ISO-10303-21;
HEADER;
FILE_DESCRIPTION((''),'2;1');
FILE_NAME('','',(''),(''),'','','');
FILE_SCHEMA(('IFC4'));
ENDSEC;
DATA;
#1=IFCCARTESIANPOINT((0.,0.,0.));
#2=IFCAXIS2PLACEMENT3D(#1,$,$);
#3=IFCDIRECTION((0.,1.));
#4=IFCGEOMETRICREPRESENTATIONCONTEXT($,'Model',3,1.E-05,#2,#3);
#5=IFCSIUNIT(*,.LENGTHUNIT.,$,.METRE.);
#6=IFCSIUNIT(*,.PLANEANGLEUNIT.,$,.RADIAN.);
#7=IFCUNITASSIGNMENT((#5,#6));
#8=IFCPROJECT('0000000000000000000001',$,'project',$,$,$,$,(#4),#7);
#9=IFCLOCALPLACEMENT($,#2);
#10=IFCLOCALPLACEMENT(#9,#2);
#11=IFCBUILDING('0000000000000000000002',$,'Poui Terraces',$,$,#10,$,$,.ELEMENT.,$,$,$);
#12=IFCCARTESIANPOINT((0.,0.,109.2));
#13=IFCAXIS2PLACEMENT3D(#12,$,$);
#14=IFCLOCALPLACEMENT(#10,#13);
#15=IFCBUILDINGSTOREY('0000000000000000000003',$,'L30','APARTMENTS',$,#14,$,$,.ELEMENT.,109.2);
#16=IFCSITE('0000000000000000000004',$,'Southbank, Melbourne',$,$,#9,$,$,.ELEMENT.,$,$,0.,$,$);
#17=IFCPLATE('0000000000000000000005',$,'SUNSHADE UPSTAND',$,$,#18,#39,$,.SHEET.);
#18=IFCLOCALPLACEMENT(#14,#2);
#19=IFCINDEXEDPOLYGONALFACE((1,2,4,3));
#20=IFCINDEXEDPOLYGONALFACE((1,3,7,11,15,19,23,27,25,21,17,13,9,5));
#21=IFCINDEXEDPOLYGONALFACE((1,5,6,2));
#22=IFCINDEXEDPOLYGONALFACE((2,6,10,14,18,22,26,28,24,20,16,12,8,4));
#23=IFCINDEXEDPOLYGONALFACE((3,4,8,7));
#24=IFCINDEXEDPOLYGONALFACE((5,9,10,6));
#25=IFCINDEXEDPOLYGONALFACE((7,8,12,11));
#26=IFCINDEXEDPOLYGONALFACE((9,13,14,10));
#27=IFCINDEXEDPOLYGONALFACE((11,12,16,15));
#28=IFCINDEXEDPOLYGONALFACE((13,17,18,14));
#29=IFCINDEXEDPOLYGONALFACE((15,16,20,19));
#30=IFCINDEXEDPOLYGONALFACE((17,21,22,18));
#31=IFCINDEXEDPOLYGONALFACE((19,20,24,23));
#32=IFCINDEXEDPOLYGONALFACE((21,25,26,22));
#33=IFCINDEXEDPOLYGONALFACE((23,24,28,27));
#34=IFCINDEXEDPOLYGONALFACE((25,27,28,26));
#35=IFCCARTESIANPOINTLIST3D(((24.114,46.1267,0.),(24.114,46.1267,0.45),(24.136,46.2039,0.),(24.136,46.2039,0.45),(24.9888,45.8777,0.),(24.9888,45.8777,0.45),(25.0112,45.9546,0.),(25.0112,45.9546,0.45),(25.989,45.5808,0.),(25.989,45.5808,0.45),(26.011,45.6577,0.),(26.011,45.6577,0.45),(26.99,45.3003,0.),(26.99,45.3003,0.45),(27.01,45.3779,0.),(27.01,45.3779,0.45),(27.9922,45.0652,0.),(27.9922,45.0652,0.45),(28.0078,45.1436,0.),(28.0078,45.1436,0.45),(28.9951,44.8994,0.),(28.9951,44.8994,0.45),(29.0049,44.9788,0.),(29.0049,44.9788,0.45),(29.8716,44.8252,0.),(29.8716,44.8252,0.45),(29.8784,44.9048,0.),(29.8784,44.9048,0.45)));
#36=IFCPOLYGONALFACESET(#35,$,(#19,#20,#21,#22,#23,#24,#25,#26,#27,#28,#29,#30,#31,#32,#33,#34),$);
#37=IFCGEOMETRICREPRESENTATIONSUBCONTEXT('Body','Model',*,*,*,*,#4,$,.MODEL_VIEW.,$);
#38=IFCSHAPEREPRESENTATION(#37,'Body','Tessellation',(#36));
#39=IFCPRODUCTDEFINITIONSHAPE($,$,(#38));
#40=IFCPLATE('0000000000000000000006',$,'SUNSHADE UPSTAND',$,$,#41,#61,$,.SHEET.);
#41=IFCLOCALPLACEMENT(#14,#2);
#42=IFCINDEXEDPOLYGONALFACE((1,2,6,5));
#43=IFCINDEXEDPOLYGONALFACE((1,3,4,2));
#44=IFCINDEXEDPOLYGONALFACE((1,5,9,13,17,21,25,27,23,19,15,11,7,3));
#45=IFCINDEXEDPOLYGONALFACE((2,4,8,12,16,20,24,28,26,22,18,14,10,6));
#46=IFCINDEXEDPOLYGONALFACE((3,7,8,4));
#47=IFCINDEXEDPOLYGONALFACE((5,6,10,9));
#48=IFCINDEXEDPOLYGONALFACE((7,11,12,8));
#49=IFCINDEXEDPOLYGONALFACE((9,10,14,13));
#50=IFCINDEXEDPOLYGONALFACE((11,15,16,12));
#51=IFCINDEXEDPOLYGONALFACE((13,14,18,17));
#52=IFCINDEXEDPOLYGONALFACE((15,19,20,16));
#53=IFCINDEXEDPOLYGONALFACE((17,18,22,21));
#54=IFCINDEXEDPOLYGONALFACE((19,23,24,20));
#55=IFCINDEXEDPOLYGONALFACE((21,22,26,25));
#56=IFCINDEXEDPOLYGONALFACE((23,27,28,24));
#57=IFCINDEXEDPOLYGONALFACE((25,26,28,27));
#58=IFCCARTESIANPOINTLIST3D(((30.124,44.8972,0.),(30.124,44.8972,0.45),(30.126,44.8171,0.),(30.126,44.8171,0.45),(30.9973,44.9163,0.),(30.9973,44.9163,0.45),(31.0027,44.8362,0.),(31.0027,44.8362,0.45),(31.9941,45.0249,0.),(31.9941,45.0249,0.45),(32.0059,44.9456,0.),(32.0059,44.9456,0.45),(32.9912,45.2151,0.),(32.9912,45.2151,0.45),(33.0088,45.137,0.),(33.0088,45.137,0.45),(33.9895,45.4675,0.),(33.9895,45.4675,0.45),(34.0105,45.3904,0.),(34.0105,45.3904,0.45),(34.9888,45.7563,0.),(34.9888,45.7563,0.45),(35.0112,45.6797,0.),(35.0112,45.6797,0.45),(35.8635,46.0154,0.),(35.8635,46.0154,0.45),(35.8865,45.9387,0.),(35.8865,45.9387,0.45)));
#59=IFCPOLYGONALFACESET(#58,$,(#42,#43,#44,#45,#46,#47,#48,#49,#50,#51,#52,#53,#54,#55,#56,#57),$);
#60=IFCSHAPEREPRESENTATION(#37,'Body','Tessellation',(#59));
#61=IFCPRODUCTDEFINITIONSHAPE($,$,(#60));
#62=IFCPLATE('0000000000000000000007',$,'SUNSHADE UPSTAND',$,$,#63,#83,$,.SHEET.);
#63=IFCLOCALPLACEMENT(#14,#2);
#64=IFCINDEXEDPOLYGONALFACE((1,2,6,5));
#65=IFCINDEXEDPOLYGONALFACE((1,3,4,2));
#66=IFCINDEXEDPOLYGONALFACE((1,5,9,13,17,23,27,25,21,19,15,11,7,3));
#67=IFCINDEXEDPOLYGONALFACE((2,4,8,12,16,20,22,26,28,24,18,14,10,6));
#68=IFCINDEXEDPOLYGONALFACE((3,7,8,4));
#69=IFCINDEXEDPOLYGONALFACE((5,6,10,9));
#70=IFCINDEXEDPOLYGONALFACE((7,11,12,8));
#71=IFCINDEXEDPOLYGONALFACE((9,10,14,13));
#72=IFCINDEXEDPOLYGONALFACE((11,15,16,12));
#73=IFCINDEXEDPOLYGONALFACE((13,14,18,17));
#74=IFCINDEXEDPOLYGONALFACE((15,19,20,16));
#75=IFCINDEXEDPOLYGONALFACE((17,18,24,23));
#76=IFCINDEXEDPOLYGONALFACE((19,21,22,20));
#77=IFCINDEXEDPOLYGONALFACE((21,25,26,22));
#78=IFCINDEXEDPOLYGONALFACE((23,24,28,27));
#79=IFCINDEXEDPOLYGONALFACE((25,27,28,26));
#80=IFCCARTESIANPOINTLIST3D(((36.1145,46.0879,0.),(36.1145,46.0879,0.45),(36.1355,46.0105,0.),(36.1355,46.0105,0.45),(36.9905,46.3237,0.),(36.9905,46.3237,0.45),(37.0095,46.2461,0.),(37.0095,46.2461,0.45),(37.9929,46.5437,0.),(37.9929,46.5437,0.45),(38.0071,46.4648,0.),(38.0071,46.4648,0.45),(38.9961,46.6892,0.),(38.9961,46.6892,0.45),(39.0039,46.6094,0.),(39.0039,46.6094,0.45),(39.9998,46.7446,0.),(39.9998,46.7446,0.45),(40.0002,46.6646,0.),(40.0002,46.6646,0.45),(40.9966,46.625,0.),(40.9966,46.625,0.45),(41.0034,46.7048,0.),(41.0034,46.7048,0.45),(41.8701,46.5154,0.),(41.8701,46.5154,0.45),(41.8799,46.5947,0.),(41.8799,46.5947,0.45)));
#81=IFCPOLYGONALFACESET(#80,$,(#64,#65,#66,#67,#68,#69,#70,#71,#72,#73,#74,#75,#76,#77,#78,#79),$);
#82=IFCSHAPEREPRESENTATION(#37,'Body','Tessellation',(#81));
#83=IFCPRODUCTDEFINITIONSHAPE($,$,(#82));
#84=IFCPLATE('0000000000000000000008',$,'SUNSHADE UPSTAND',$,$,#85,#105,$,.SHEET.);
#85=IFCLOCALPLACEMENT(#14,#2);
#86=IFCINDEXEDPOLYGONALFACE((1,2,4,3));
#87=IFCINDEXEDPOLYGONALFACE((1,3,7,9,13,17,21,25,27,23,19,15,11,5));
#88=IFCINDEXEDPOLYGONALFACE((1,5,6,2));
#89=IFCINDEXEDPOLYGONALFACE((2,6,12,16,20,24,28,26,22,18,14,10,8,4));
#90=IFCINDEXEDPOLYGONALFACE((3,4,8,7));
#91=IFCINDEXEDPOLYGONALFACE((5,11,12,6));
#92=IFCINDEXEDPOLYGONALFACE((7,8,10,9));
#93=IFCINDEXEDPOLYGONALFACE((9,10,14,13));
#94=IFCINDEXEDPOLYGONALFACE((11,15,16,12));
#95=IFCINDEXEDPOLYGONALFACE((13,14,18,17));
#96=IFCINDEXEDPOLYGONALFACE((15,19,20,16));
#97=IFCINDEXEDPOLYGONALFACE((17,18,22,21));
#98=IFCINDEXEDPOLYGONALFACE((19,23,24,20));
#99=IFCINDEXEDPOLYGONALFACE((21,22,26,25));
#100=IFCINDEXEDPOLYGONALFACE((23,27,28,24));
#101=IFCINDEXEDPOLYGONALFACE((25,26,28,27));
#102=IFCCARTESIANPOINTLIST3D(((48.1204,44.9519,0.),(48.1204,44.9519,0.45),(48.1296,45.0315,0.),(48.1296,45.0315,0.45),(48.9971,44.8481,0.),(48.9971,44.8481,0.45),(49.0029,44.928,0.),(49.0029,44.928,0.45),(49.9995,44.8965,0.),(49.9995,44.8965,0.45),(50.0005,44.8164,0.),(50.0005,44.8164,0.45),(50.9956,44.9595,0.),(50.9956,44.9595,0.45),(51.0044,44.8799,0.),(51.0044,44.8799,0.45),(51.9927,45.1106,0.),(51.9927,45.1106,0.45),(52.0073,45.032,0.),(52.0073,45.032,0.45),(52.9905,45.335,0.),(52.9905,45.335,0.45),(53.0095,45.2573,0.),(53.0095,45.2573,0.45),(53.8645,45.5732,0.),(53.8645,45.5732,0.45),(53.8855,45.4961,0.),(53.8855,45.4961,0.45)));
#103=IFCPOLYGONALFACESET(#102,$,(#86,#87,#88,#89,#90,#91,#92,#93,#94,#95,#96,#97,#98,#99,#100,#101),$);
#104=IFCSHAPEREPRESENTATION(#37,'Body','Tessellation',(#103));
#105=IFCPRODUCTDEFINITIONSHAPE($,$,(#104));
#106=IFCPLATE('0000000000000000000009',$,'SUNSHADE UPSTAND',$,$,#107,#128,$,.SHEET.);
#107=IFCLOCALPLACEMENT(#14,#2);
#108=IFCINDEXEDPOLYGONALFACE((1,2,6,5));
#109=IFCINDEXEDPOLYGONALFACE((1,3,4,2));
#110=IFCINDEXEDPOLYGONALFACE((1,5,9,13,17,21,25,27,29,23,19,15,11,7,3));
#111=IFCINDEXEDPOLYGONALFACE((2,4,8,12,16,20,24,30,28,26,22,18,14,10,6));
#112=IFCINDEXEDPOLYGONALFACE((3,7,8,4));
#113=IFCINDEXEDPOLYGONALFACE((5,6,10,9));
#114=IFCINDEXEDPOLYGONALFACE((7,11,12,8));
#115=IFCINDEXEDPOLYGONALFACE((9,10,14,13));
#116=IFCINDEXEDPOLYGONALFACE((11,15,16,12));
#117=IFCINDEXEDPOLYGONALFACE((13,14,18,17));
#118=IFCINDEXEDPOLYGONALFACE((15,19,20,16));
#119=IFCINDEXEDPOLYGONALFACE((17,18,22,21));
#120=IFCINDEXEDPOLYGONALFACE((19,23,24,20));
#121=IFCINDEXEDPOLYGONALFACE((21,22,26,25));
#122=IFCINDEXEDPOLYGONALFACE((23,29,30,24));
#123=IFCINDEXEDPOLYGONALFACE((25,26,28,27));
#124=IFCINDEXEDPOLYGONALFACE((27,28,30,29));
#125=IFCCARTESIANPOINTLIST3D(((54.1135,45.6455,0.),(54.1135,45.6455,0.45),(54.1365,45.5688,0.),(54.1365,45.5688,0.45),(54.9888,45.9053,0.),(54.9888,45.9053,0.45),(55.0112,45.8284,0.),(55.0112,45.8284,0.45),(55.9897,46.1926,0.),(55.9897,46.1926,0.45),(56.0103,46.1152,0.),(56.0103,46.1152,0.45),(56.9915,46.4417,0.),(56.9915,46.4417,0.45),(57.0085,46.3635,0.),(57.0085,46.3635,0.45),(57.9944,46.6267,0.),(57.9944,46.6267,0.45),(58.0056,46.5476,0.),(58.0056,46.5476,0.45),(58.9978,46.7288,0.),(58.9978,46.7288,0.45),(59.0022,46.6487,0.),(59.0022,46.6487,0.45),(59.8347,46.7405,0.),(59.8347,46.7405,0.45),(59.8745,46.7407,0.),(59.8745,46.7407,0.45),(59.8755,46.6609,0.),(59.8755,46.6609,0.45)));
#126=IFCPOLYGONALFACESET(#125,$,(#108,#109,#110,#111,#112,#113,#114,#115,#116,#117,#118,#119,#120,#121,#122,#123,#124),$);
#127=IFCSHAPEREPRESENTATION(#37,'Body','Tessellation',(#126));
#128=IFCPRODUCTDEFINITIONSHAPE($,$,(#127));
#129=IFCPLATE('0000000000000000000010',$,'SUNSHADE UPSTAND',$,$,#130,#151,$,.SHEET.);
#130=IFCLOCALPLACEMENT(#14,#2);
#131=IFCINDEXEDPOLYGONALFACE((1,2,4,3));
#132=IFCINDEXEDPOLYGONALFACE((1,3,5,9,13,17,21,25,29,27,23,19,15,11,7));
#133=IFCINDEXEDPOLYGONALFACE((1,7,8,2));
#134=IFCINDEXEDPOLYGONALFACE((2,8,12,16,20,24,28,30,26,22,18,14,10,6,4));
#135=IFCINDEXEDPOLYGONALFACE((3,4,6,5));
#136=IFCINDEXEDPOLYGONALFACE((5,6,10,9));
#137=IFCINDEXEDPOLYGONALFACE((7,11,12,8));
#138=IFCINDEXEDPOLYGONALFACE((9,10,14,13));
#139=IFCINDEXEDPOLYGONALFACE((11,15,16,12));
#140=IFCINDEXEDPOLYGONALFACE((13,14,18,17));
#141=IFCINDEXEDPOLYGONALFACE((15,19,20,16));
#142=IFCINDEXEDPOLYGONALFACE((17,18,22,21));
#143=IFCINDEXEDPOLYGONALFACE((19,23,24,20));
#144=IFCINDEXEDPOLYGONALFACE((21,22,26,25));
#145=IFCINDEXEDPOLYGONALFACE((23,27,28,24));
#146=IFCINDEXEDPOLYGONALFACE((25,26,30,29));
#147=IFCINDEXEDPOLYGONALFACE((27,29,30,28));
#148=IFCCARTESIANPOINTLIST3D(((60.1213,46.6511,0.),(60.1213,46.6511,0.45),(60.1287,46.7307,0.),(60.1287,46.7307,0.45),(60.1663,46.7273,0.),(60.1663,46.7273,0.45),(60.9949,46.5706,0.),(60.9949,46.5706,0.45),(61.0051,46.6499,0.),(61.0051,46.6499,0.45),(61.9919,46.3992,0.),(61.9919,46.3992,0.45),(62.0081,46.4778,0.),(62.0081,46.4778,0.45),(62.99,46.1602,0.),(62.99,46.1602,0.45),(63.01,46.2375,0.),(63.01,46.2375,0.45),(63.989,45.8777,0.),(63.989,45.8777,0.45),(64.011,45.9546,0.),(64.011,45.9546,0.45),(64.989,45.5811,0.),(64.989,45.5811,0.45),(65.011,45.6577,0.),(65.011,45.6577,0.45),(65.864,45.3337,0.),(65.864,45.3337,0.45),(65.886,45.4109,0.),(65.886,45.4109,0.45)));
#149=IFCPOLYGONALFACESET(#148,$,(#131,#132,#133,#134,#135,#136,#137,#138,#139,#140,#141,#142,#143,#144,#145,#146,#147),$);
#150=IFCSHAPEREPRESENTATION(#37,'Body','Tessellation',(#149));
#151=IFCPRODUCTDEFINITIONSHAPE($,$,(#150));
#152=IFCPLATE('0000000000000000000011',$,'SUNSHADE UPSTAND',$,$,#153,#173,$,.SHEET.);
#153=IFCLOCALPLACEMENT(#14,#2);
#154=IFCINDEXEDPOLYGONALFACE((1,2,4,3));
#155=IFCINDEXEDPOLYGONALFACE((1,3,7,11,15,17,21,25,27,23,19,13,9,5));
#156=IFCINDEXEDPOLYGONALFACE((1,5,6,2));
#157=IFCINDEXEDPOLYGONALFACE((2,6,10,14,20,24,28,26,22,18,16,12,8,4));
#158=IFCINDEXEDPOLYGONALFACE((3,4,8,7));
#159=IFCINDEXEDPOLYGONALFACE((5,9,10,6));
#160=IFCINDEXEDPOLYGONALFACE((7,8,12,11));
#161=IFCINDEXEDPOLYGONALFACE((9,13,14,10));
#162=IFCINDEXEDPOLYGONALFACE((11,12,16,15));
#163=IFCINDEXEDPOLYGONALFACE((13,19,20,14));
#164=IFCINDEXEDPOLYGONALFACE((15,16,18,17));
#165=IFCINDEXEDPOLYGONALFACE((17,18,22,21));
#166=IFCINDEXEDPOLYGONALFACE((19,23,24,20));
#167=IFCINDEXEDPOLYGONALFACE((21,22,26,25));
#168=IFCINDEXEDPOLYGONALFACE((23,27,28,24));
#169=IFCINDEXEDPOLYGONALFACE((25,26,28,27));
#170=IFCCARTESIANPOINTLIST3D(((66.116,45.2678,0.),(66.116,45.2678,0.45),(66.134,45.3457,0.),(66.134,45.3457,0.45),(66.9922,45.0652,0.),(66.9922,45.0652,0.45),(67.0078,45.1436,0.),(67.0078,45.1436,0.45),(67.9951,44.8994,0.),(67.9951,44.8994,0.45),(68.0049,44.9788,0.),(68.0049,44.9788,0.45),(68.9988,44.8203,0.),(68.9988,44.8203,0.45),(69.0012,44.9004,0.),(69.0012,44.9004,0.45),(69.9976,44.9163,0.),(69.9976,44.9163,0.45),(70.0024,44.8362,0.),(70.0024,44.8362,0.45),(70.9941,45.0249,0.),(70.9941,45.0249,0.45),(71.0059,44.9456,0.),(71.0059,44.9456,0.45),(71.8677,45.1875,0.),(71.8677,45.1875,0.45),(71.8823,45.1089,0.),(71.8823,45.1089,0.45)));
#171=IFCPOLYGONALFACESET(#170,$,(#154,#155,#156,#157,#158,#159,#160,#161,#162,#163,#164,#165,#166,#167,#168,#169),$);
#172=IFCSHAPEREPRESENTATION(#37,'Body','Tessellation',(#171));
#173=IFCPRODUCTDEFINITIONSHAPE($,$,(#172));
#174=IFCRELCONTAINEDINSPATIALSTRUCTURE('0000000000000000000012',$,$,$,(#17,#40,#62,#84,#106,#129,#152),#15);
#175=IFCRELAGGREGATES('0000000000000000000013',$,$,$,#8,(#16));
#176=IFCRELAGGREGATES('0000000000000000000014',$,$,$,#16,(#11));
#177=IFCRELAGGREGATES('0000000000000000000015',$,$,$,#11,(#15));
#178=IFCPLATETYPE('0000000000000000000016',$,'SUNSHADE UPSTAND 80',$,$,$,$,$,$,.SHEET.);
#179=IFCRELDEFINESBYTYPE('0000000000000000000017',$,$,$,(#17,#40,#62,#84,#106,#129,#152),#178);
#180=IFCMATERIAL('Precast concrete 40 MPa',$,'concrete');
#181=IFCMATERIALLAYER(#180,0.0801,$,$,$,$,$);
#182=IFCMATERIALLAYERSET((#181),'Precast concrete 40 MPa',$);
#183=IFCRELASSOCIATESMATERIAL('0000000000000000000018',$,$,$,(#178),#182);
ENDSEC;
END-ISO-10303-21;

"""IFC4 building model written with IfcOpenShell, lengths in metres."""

from ifc_helpers import new_model, si_unit, direction, frame, origin, place, context, subcontext, project, spatial, polyline, outline, extrude, material, layer, layer_set, type_object, element, save


model = new_model("IFC4")

# Units and contexts
model_context = context("Model", 3, precision=1e-05, world=origin(), true_north=direction((0.0, 1.0)))
body_context = subcontext(model_context, "Body", "Model", "MODEL_VIEW")
ifc_project = project(units=[si_unit("LENGTHUNIT", "METRE"), si_unit("PLANEANGLEUNIT", "RADIAN")], contexts=[model_context])

# Site, building, storey
site_placement = place(None, origin())
site = spatial("IfcSite", under=ifc_project, at=site_placement, Name="Southbank, Melbourne", CompositionType="ELEMENT", RefElevation=0.0)
building_placement = place(site_placement, origin())
building = spatial("IfcBuilding", under=site, at=building_placement, Name="Poui Terraces", CompositionType="ELEMENT")
storey_placement = place(building_placement, frame((0.0, 0.0, 109.2)))
storey = spatial("IfcBuildingStorey", under=building, at=storey_placement, Name="L30", Description="APARTMENTS", CompositionType="ELEMENT", Elevation=109.2)

# Shared definitions
ifc_material = material(Name="Precast concrete 40 MPa", Category="concrete")

# Plates
ifc_layer_1 = layer(ifc_material, 0.0801)
ifc_layer_set_1 = layer_set([ifc_layer_1], Name="Precast concrete 40 MPa")
plate_type = type_object("IfcPlateType", Name="SUNSHADE UPSTAND 80", PredefinedType="SHEET", material=ifc_layer_set_1)
plate_1_placement = place(storey_placement, origin())
element("IfcPlate", 1, at=plate_1_placement, inside=storey, type_object=plate_type, Name="SUNSHADE UPSTAND", PredefinedType="SHEET", context=body_context, shape_type="SweptSolid", body=[
    extrude(outline(polyline([(25.0112, 45.9546), (24.136, 46.2039), (24.114, 46.1267), (24.9888, 45.8777), (25.989, 45.5808), (26.99, 45.3003), (27.9922, 45.0652), (28.9951, 44.8994), (29.8716, 44.8252), (29.8784, 44.9048), (29.0049, 44.9788), (28.0078, 45.1436), (27.01, 45.3779), (26.011, 45.6577), (25.0112, 45.9546)])), origin(), (0.0, 0.0, 1.0), 0.45),
])
plate_2_placement = place(storey_placement, origin())
element("IfcPlate", 2, at=plate_2_placement, inside=storey, type_object=plate_type, Name="SUNSHADE UPSTAND", PredefinedType="SHEET", context=body_context, shape_type="SweptSolid", body=[
    extrude(outline(polyline([(30.9973, 44.9163), (30.124, 44.8972), (30.126, 44.8171), (31.0027, 44.8362), (32.0059, 44.9456), (33.0088, 45.137), (34.0105, 45.3904), (35.0112, 45.6797), (35.8865, 45.9387), (35.8635, 46.0154), (34.9888, 45.7563), (33.9895, 45.4675), (32.9912, 45.2151), (31.9941, 45.0249), (30.9973, 44.9163)])), origin(), (0.0, 0.0, 1.0), 0.45),
])
plate_3_placement = place(storey_placement, origin())
element("IfcPlate", 3, at=plate_3_placement, inside=storey, type_object=plate_type, Name="SUNSHADE UPSTAND", PredefinedType="SHEET", context=body_context, shape_type="SweptSolid", body=[
    extrude(outline(polyline([(36.9905, 46.3237), (36.1145, 46.0879), (36.1355, 46.0105), (37.0095, 46.2461), (38.0071, 46.4648), (39.0039, 46.6094), (40.0002, 46.6646), (40.9966, 46.625), (41.8701, 46.5154), (41.8799, 46.5947), (41.0034, 46.7048), (39.9998, 46.7446), (38.9961, 46.6892), (37.9929, 46.5437), (36.9905, 46.3237)])), origin(), (0.0, 0.0, 1.0), 0.45),
])
plate_4_placement = place(storey_placement, origin())
element("IfcPlate", 4, at=plate_4_placement, inside=storey, type_object=plate_type, Name="SUNSHADE UPSTAND", PredefinedType="SHEET", context=body_context, shape_type="SweptSolid", body=[
    extrude(outline(polyline([(49.0029, 44.928), (48.1296, 45.0315), (48.1204, 44.9519), (48.9971, 44.8481), (50.0005, 44.8164), (51.0044, 44.8799), (52.0073, 45.032), (53.0095, 45.2573), (53.8855, 45.4961), (53.8645, 45.5732), (52.9905, 45.335), (51.9927, 45.1106), (50.9956, 44.9595), (49.9995, 44.8965), (49.0029, 44.928)])), origin(), (0.0, 0.0, 1.0), 0.45),
])
plate_5_placement = place(storey_placement, origin())
element("IfcPlate", 5, at=plate_5_placement, inside=storey, type_object=plate_type, Name="SUNSHADE UPSTAND", PredefinedType="SHEET", context=body_context, shape_type="SweptSolid", body=[
    extrude(outline(polyline([(54.9888, 45.9053), (54.1135, 45.6455), (54.1365, 45.5688), (55.0112, 45.8284), (56.0103, 46.1152), (57.0085, 46.3635), (58.0056, 46.5476), (59.0022, 46.6487), (59.8755, 46.6609), (59.8745, 46.7407), (59.8347, 46.7405), (58.9978, 46.7288), (57.9944, 46.6267), (56.9915, 46.4417), (55.9897, 46.1926), (54.9888, 45.9053)])), origin(), (0.0, 0.0, 1.0), 0.45),
])
plate_6_placement = place(storey_placement, origin())
element("IfcPlate", 6, at=plate_6_placement, inside=storey, type_object=plate_type, Name="SUNSHADE UPSTAND", PredefinedType="SHEET", context=body_context, shape_type="SweptSolid", body=[
    extrude(outline(polyline([(61.0051, 46.6499), (60.1663, 46.7273), (60.1287, 46.7307), (60.1213, 46.6511), (60.9949, 46.5706), (61.9919, 46.3992), (62.99, 46.1602), (63.989, 45.8777), (64.989, 45.5811), (65.864, 45.3337), (65.886, 45.4109), (65.011, 45.6577), (64.011, 45.9546), (63.01, 46.2375), (62.0081, 46.4778), (61.0051, 46.6499)])), origin(), (0.0, 0.0, 1.0), 0.45),
])
plate_7_placement = place(storey_placement, origin())
element("IfcPlate", 7, at=plate_7_placement, inside=storey, type_object=plate_type, Name="SUNSHADE UPSTAND", PredefinedType="SHEET", context=body_context, shape_type="SweptSolid", body=[
    extrude(outline(polyline([(67.0078, 45.1436), (66.134, 45.3457), (66.116, 45.2678), (66.9922, 45.0652), (67.9951, 44.8994), (68.9988, 44.8203), (70.0024, 44.8362), (71.0059, 44.9456), (71.8823, 45.1089), (71.8677, 45.1875), (70.9941, 45.0249), (69.9976, 44.9163), (69.0012, 44.9004), (68.0049, 44.9788), (67.0078, 45.1436)])), origin(), (0.0, 0.0, 1.0), 0.45),
])

save(model, "model.ifc")
